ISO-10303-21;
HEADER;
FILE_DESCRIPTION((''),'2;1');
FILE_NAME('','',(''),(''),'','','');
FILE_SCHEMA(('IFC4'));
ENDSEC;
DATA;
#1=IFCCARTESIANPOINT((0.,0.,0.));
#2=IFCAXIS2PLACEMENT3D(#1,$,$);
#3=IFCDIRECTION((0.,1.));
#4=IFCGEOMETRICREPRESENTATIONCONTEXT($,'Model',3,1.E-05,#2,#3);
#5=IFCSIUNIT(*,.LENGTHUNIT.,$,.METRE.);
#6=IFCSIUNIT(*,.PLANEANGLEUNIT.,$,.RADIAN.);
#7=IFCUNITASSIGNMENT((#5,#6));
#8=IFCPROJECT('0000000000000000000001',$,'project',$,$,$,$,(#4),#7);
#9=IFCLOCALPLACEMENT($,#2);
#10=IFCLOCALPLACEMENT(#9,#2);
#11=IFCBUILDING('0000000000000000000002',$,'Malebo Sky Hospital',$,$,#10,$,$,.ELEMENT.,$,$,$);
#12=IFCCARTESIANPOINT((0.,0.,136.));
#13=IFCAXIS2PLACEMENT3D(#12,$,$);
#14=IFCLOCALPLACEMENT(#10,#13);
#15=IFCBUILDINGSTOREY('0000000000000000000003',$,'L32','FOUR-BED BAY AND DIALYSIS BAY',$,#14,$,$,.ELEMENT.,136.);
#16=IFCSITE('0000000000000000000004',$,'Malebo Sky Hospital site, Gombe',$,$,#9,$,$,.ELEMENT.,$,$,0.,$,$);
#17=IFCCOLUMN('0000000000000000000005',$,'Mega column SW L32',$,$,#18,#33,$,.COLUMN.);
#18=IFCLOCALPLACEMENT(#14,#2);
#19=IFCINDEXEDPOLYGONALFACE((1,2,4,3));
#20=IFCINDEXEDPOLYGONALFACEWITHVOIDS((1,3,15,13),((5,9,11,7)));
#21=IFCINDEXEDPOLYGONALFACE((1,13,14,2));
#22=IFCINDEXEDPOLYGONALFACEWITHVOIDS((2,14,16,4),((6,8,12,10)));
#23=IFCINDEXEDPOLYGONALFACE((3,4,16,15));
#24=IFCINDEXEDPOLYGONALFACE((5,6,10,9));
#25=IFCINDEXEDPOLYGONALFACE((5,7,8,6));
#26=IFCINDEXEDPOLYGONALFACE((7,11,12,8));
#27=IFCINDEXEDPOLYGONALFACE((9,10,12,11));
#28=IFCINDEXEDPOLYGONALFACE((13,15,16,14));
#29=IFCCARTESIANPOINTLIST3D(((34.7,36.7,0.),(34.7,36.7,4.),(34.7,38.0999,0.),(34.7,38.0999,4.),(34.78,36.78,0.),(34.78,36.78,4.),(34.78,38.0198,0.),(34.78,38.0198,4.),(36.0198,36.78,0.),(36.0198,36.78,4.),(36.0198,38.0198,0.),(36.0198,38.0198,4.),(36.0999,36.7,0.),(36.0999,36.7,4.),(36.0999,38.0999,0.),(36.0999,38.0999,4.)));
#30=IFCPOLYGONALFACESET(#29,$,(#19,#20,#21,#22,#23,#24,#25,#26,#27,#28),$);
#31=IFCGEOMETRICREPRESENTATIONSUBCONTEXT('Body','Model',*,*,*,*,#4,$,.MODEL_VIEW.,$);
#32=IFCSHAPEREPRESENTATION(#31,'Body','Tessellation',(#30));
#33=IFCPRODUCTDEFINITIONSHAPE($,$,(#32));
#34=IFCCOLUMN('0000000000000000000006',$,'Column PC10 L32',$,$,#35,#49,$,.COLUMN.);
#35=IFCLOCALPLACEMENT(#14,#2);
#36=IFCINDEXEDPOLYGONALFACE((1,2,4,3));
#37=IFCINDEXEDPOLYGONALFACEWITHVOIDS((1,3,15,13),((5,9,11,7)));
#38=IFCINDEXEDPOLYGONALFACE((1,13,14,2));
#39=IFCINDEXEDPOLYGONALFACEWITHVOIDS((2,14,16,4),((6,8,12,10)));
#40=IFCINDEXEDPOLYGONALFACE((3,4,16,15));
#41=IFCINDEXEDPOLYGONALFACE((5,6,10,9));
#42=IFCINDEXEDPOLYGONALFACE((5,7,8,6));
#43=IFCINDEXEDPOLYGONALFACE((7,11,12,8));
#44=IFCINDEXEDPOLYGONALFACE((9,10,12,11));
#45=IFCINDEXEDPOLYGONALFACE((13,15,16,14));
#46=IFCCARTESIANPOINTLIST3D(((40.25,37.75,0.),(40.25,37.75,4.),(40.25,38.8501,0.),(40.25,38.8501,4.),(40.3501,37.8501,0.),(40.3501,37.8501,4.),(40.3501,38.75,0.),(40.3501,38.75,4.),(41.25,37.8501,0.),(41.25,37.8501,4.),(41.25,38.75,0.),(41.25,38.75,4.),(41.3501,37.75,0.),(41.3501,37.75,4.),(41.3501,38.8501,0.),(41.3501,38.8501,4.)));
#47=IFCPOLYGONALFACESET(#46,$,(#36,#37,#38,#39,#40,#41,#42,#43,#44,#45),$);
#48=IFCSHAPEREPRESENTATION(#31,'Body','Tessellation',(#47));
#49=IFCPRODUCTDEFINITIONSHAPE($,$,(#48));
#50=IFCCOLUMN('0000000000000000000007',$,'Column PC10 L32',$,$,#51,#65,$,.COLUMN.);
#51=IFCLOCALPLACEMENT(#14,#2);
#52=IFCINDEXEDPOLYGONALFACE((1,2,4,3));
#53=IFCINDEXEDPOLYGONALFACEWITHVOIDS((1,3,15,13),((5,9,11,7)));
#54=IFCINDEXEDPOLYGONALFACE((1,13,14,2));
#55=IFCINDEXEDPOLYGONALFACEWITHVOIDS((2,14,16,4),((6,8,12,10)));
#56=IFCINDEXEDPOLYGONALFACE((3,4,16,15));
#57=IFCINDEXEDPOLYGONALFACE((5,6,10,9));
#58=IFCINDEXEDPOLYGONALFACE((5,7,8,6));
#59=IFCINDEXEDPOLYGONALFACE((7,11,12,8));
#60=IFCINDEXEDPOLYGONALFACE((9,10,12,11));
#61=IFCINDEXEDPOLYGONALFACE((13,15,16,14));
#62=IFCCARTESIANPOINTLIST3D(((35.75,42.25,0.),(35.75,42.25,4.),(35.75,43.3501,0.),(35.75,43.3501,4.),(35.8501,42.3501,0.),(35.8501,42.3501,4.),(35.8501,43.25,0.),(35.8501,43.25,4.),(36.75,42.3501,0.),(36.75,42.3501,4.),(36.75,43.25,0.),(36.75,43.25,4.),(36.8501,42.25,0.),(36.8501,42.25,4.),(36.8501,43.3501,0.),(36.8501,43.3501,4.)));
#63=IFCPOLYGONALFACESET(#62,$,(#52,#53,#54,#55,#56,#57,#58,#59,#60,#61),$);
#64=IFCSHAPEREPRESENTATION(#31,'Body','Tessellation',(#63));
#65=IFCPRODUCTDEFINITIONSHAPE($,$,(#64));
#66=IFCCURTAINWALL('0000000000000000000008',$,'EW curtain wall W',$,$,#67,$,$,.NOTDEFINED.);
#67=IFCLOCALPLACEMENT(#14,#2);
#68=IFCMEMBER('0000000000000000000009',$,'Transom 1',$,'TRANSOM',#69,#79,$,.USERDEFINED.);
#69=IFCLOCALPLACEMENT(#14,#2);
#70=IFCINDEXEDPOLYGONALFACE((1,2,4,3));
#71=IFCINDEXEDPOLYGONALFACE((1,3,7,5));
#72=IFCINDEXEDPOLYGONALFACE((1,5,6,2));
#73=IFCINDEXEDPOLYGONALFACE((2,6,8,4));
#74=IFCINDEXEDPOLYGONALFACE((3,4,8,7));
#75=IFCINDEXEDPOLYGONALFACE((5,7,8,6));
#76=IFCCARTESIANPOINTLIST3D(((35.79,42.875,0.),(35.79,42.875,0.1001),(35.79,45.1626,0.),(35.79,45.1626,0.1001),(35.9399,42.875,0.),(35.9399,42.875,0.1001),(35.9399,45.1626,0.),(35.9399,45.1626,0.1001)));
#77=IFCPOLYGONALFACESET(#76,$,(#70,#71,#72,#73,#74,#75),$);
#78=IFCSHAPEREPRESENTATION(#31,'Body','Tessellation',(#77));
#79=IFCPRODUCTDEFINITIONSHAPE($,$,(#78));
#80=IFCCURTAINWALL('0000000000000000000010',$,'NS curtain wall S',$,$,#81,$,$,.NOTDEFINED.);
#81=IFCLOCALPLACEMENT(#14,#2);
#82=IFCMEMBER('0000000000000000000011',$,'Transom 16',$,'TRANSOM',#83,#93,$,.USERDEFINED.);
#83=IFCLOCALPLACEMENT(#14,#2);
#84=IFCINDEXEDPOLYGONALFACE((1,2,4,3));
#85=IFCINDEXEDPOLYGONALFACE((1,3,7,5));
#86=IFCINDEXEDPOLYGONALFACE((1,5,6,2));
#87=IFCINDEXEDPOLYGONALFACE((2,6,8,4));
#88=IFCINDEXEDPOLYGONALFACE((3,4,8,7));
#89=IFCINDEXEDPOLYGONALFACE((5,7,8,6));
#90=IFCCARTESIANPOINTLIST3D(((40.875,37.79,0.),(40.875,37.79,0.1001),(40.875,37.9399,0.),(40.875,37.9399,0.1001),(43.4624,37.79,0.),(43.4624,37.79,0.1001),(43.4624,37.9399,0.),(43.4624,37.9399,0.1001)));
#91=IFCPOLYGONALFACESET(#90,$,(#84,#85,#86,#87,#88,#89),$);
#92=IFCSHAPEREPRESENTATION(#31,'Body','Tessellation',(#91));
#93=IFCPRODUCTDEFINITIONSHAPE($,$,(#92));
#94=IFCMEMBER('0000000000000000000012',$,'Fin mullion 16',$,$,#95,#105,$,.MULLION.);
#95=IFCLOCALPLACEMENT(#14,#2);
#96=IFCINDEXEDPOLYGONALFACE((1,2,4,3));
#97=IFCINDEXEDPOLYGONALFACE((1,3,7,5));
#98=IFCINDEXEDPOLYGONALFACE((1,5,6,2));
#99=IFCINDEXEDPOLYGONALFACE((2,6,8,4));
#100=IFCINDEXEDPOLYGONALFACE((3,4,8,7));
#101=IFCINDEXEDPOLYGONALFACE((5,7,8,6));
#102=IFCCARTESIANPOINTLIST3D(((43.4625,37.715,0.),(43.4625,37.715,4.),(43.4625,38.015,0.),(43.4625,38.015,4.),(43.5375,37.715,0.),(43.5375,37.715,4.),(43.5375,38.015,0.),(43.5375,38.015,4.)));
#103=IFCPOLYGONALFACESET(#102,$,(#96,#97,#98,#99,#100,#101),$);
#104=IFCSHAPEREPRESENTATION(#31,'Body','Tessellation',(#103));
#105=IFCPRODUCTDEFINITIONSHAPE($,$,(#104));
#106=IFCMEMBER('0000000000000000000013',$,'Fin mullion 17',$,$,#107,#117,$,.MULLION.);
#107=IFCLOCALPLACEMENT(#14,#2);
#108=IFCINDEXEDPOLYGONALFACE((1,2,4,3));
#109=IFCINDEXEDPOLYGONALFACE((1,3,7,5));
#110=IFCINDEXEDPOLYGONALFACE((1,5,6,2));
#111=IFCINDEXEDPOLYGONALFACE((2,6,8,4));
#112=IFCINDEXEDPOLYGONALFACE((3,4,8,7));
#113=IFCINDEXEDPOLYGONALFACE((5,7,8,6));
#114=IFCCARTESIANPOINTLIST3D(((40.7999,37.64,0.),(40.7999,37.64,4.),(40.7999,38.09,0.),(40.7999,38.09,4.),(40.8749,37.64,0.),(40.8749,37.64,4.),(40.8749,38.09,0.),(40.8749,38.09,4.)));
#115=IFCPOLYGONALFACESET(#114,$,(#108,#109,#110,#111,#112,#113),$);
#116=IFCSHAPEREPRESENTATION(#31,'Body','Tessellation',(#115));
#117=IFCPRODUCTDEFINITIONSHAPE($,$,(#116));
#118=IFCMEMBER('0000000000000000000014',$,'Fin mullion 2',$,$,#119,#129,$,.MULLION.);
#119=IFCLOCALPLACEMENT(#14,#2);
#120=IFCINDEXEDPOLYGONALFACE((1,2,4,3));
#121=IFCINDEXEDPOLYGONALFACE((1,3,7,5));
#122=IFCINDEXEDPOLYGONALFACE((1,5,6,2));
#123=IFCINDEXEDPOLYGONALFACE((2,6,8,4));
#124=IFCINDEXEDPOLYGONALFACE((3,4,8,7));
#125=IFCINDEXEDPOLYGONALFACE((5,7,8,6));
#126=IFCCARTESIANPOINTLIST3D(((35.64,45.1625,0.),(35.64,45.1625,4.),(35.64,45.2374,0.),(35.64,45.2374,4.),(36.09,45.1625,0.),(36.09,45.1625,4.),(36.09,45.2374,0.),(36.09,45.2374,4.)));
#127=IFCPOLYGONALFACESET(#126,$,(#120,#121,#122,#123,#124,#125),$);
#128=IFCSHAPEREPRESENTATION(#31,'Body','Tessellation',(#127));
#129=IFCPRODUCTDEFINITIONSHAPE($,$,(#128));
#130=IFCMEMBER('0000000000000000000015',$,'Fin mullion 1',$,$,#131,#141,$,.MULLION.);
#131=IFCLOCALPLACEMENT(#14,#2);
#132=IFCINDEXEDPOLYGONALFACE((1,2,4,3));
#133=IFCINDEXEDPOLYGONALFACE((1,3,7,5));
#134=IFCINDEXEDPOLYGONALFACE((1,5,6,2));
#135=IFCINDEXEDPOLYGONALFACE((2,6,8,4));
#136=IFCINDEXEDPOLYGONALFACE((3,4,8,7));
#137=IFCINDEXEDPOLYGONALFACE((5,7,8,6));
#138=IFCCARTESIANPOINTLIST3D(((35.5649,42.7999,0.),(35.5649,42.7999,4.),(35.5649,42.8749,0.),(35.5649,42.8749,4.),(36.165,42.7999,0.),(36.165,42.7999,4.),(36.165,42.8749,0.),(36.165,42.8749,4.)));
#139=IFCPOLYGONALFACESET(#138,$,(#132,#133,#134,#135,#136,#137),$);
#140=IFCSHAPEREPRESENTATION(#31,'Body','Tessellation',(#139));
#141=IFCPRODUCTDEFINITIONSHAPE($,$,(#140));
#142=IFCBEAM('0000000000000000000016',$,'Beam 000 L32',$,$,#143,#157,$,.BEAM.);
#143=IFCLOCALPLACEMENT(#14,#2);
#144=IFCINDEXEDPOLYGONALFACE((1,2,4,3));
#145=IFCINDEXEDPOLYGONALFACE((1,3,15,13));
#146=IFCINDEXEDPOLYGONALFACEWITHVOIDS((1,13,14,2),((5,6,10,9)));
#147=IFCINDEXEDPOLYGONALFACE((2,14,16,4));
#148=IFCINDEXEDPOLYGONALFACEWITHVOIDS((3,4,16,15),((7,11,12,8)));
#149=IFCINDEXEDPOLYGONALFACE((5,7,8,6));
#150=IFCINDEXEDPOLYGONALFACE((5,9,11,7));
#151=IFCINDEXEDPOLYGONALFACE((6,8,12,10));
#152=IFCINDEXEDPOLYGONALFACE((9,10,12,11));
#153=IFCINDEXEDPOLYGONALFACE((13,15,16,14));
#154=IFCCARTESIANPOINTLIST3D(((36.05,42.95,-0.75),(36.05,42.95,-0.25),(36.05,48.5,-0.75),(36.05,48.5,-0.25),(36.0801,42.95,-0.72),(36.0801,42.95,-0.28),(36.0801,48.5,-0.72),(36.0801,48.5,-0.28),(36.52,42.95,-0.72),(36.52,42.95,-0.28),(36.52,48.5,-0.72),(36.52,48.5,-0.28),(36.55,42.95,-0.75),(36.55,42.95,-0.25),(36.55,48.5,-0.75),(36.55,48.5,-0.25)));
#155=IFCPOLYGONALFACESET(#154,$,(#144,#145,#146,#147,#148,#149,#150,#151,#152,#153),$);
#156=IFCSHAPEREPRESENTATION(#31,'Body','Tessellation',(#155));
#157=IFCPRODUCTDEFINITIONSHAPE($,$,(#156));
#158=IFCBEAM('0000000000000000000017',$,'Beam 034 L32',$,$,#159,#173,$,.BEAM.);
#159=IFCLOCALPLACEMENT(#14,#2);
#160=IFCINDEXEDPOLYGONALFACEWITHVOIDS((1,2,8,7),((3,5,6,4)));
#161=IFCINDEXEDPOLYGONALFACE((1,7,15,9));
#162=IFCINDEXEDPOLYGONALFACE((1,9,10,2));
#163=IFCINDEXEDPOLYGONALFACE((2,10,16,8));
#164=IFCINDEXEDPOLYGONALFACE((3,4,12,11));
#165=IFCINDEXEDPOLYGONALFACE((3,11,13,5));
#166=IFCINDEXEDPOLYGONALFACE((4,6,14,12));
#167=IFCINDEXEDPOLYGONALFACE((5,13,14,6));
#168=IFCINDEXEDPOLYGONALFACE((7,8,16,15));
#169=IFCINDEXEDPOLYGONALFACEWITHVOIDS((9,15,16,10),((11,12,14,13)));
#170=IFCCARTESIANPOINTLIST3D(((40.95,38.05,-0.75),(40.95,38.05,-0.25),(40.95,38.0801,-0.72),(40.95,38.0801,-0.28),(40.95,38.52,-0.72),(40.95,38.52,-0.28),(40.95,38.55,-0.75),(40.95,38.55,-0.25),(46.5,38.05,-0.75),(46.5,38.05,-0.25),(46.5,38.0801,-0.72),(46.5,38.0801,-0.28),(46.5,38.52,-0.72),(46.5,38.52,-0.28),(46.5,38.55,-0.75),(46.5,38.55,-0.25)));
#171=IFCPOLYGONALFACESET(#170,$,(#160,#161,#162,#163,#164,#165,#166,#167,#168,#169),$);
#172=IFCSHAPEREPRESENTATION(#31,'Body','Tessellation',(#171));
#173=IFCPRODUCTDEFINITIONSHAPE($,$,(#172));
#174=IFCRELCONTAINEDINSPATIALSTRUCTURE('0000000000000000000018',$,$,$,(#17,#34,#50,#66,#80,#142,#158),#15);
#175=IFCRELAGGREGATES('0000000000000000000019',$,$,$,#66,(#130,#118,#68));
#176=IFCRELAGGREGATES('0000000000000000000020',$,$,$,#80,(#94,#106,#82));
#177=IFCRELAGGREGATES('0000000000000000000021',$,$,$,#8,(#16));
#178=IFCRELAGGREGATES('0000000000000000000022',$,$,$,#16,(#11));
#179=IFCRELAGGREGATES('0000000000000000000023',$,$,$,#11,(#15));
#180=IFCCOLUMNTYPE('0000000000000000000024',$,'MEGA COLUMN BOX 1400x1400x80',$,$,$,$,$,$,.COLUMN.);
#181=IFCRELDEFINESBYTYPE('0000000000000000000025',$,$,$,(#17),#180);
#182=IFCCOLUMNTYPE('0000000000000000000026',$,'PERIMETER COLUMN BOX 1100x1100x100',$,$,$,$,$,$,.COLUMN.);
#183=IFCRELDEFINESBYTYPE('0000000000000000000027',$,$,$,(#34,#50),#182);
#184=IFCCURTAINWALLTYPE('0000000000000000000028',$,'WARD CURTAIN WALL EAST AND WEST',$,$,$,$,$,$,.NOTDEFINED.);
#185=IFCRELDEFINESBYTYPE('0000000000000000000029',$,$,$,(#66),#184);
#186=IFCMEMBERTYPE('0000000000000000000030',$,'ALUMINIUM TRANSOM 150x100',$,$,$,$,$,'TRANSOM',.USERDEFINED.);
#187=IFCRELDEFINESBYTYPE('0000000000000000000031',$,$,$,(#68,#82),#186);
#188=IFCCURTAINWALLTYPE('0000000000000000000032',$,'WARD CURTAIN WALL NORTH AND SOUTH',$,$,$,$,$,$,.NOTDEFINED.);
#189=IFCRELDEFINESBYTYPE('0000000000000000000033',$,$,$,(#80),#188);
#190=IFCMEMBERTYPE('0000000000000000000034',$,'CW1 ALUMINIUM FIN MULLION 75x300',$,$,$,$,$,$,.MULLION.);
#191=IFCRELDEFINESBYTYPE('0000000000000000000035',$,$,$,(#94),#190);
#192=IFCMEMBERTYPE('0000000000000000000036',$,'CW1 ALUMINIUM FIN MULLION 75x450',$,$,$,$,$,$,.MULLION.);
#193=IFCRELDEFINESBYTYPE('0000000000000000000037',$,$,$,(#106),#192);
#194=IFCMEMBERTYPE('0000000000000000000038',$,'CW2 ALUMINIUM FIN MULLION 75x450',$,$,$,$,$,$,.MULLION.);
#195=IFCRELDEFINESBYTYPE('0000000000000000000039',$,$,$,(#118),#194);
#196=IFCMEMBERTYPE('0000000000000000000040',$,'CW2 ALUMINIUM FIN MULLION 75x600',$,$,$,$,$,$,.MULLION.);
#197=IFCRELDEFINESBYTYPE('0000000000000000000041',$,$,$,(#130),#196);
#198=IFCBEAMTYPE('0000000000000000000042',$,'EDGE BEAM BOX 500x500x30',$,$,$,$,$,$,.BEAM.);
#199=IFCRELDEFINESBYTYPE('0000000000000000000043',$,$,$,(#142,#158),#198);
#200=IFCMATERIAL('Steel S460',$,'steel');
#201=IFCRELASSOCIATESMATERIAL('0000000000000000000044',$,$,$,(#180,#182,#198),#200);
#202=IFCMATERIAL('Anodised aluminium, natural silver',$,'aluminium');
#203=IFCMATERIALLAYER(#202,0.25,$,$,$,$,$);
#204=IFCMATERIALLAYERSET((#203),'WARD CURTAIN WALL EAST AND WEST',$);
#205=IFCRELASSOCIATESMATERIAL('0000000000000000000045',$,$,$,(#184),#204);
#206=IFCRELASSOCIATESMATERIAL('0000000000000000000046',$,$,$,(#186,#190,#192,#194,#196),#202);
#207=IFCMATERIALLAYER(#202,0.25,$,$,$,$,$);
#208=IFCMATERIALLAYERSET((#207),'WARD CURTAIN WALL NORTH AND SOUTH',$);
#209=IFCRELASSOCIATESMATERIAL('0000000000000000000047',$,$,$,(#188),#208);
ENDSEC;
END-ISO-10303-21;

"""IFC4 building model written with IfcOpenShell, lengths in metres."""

from ifc_helpers import new_model, si_unit, direction, frame, origin, origin_2d, place, context, subcontext, project, spatial, rectangle, hollow_rectangle, extrude, material, layer, layer_set, material_profile, profile_set, type_object, element, aggregate, save


model = new_model("IFC4")

# Units and contexts
model_context = context("Model", 3, precision=1e-05, world=origin(), true_north=direction((0.0, 1.0)))
body_context = subcontext(model_context, "Body", "Model", "MODEL_VIEW")
ifc_project = project(units=[si_unit("LENGTHUNIT", "METRE"), si_unit("PLANEANGLEUNIT", "RADIAN")], contexts=[model_context])

# Site, building, storey
site_placement = place(None, origin())
site = spatial("IfcSite", under=ifc_project, at=site_placement, Name="Malebo Sky Hospital site, Gombe", CompositionType="ELEMENT", RefElevation=0.0)
building_placement = place(site_placement, origin())
building = spatial("IfcBuilding", under=site, at=building_placement, Name="Malebo Sky Hospital", CompositionType="ELEMENT")
storey_placement = place(building_placement, frame((0.0, 0.0, 136.0)))
storey = spatial("IfcBuildingStorey", under=building, at=storey_placement, Name="L32", Description="FOUR-BED BAY AND DIALYSIS BAY", CompositionType="ELEMENT", Elevation=136.0)

# Columns
ifc_material_1 = material(Name="Steel S460", Category="steel")
ifc_material_profile_1 = material_profile(ifc_material_1, hollow_rectangle(XDim=1.3999, YDim=1.3999, WallThickness=0.0801, at=origin_2d()), Name="BOX 1400x1400x80")
ifc_profile_set_1 = profile_set([ifc_material_profile_1], Name="Steel S460")
column_type_1 = type_object("IfcColumnType", Name="MEGA COLUMN BOX 1400x1400x80", PredefinedType="COLUMN", material=ifc_profile_set_1)
column_placement = place(storey_placement, frame((35.3999, 37.3999, 0.0), z_axis=(0.0, 0.0, 1.0), x_axis=(1.0, 0.0, 0.0)))
element("IfcColumn", 1, at=column_placement, inside=storey, type_object=column_type_1, Name="Mega column SW L32", PredefinedType="COLUMN", context=body_context, shape_type="SweptSolid", body=[
    extrude(hollow_rectangle(XDim=1.3999, YDim=1.3999, WallThickness=0.0801, at=origin_2d()), origin(), (0.0, 0.0, 1.0), 4.0),
])
ifc_material_profile_2 = material_profile(ifc_material_1, hollow_rectangle(XDim=1.1001, YDim=1.1001, WallThickness=0.1001, at=origin_2d()), Name="BOX 1100x1100x100")
ifc_profile_set_2 = profile_set([ifc_material_profile_2], Name="Steel S460")
column_type_2 = type_object("IfcColumnType", Name="PERIMETER COLUMN BOX 1100x1100x100", PredefinedType="COLUMN", material=ifc_profile_set_2)
for number, where, z_axis, x_axis, name in (
    (2, (40.8, 38.3, 0.0), (0.0, 0.0, 1.0), (1.0, 0.0, 0.0), "Column PC10 L32"),
    (3, (36.3, 42.8, 0.0), (0.0, 0.0, 1.0), (1.0, 0.0, 0.0), "Column PC10 L32"),
):
    element("IfcColumn", number, at=place(storey_placement, frame(where, z_axis=z_axis, x_axis=x_axis)), inside=storey, type_object=column_type_2, Name=name, PredefinedType="COLUMN", context=body_context, shape_type="SweptSolid", body=[
        extrude(hollow_rectangle(XDim=1.1001, YDim=1.1001, WallThickness=0.1001, at=origin_2d()), origin(), (0.0, 0.0, 1.0), 4.0),
    ])

# Curtain wall, member
ifc_material_2 = material(Name="Anodised aluminium, natural silver", Category="aluminium")
ifc_layer_1 = layer(ifc_material_2, 0.25)
ifc_layer_set_1 = layer_set([ifc_layer_1], Name="WARD CURTAIN WALL EAST AND WEST")
curtain_wall_type_1 = type_object("IfcCurtainWallType", Name="WARD CURTAIN WALL EAST AND WEST", PredefinedType="NOTDEFINED", material=ifc_layer_set_1)
curtain_wall_1_placement = place(storey_placement, origin())
curtain_wall_1 = element("IfcCurtainWall", 4, at=curtain_wall_1_placement, inside=storey, type_object=curtain_wall_type_1, Name="EW curtain wall W", PredefinedType="NOTDEFINED")
ifc_material_profile_3 = material_profile(ifc_material_2, rectangle(XDim=0.1499, YDim=0.1001, at=origin_2d()), Name="ALUMINIUM TRANSOM 150x100")
ifc_profile_set_3 = profile_set([ifc_material_profile_3], Name="Anodised aluminium, natural silver")
member_type_1 = type_object("IfcMemberType", Name="ALUMINIUM TRANSOM 150x100", ElementType="TRANSOM", PredefinedType="USERDEFINED", material=ifc_profile_set_3)
member_1_placement = place(storey_placement, frame((35.865, 42.875, 0.05), z_axis=(0.0, 1.0, 0.0), x_axis=(-1.0, 0.0, 0.0)))
member_1 = element("IfcMember", 5, at=member_1_placement, type_object=member_type_1, Name="Transom 1", ObjectType="TRANSOM", PredefinedType="USERDEFINED", context=body_context, shape_type="SweptSolid", body=[
    extrude(rectangle(XDim=0.1499, YDim=0.1001, at=origin_2d()), origin(), (0.0, 0.0, 1.0), 2.2876),
])

# Curtain wall, members
ifc_layer_2 = layer(ifc_material_2, 0.25)
ifc_layer_set_2 = layer_set([ifc_layer_2], Name="WARD CURTAIN WALL NORTH AND SOUTH")
curtain_wall_type_2 = type_object("IfcCurtainWallType", Name="WARD CURTAIN WALL NORTH AND SOUTH", PredefinedType="NOTDEFINED", material=ifc_layer_set_2)
curtain_wall_2_placement = place(storey_placement, origin())
curtain_wall_2 = element("IfcCurtainWall", 6, at=curtain_wall_2_placement, inside=storey, type_object=curtain_wall_type_2, Name="NS curtain wall S", PredefinedType="NOTDEFINED")
member_2_placement = place(storey_placement, frame((43.4624, 37.865, 0.05), z_axis=(-1.0, 0.0, 0.0), x_axis=(0.0, -1.0, 0.0)))
member_2 = element("IfcMember", 7, at=member_2_placement, type_object=member_type_1, Name="Transom 16", ObjectType="TRANSOM", PredefinedType="USERDEFINED", context=body_context, shape_type="SweptSolid", body=[
    extrude(rectangle(XDim=0.1499, YDim=0.1001, at=origin_2d()), origin(), (0.0, 0.0, 1.0), 2.5874),
])
ifc_material_profile_4 = material_profile(ifc_material_2, rectangle(XDim=0.075, YDim=0.3, at=origin_2d()), Name="CW1 ALUMINIUM FIN MULLION 75x300")
ifc_profile_set_4 = profile_set([ifc_material_profile_4], Name="Anodised aluminium, natural silver")
member_type_2 = type_object("IfcMemberType", Name="CW1 ALUMINIUM FIN MULLION 75x300", PredefinedType="MULLION", material=ifc_profile_set_4)
member_3_placement = place(storey_placement, frame((43.5, 37.865, 0.0), z_axis=(0.0, 0.0, 1.0), x_axis=(-1.0, 0.0, 0.0)))
member_3 = element("IfcMember", 8, at=member_3_placement, type_object=member_type_2, Name="Fin mullion 16", PredefinedType="MULLION", context=body_context, shape_type="SweptSolid", body=[
    extrude(rectangle(XDim=0.075, YDim=0.3, at=origin_2d()), origin(), (0.0, 0.0, 1.0), 4.0),
])
ifc_material_profile_5 = material_profile(ifc_material_2, rectangle(XDim=0.075, YDim=0.45, at=origin_2d()), Name="CW1 ALUMINIUM FIN MULLION 75x450")
ifc_profile_set_5 = profile_set([ifc_material_profile_5], Name="Anodised aluminium, natural silver")
member_type_3 = type_object("IfcMemberType", Name="CW1 ALUMINIUM FIN MULLION 75x450", PredefinedType="MULLION", material=ifc_profile_set_5)
member_4_placement = place(storey_placement, frame((40.8374, 37.865, 0.0), z_axis=(0.0, 0.0, 1.0), x_axis=(-1.0, 0.0, 0.0)))
member_4 = element("IfcMember", 9, at=member_4_placement, type_object=member_type_3, Name="Fin mullion 17", PredefinedType="MULLION", context=body_context, shape_type="SweptSolid", body=[
    extrude(rectangle(XDim=0.075, YDim=0.45, at=origin_2d()), origin(), (0.0, 0.0, 1.0), 4.0),
])

# Members
ifc_material_profile_6 = material_profile(ifc_material_2, rectangle(XDim=0.075, YDim=0.45, at=origin_2d()), Name="CW2 ALUMINIUM FIN MULLION 75x450")
ifc_profile_set_6 = profile_set([ifc_material_profile_6], Name="Anodised aluminium, natural silver")
member_type_4 = type_object("IfcMemberType", Name="CW2 ALUMINIUM FIN MULLION 75x450", PredefinedType="MULLION", material=ifc_profile_set_6)
member_5_placement = place(storey_placement, frame((35.865, 45.2, 0.0), z_axis=(0.0, 0.0, 1.0), x_axis=(0.0, 1.0, 0.0)))
member_5 = element("IfcMember", 10, at=member_5_placement, type_object=member_type_4, Name="Fin mullion 2", PredefinedType="MULLION", context=body_context, shape_type="SweptSolid", body=[
    extrude(rectangle(XDim=0.075, YDim=0.45, at=origin_2d()), origin(), (0.0, 0.0, 1.0), 4.0),
])
ifc_material_profile_7 = material_profile(ifc_material_2, rectangle(XDim=0.075, YDim=0.6001, at=origin_2d()), Name="CW2 ALUMINIUM FIN MULLION 75x600")
ifc_profile_set_7 = profile_set([ifc_material_profile_7], Name="Anodised aluminium, natural silver")
member_type_5 = type_object("IfcMemberType", Name="CW2 ALUMINIUM FIN MULLION 75x600", PredefinedType="MULLION", material=ifc_profile_set_7)
member_6_placement = place(storey_placement, frame((35.865, 42.8374, 0.0), z_axis=(0.0, 0.0, 1.0), x_axis=(0.0, 1.0, 0.0)))
member_6 = element("IfcMember", 11, at=member_6_placement, type_object=member_type_5, Name="Fin mullion 1", PredefinedType="MULLION", context=body_context, shape_type="SweptSolid", body=[
    extrude(rectangle(XDim=0.075, YDim=0.6001, at=origin_2d()), origin(), (0.0, 0.0, 1.0), 4.0),
])

# Beams
ifc_material_profile_8 = material_profile(ifc_material_1, hollow_rectangle(XDim=0.5, YDim=0.5, WallThickness=0.03, at=origin_2d()), Name="BOX 500x500x30")
ifc_profile_set_8 = profile_set([ifc_material_profile_8], Name="Steel S460")
beam_type_1 = type_object("IfcBeamType", Name="EDGE BEAM BOX 500x500x30", PredefinedType="BEAM", material=ifc_profile_set_8)
for number, where, z_axis, x_axis, name in (
    (12, (36.3, 42.95, -0.5), (0.0, 1.0, 0.0), (-1.0, 0.0, 0.0), "Beam 000 L32"),
    (13, (40.95, 38.3, -0.5), (1.0, 0.0, 0.0), (0.0, 1.0, 0.0), "Beam 034 L32"),
):
    element("IfcBeam", number, at=place(storey_placement, frame(where, z_axis=z_axis, x_axis=x_axis)), inside=storey, type_object=beam_type_1, Name=name, PredefinedType="BEAM", context=body_context, shape_type="SweptSolid", body=[
        extrude(hollow_rectangle(XDim=0.5, YDim=0.5, WallThickness=0.03, at=origin_2d()), origin(), (0.0, 0.0, 1.0), 5.55),
    ])

aggregate(curtain_wall_1, [member_6, member_5, member_1])
aggregate(curtain_wall_2, [member_3, member_4, member_2])

save(model, "model.ifc")
